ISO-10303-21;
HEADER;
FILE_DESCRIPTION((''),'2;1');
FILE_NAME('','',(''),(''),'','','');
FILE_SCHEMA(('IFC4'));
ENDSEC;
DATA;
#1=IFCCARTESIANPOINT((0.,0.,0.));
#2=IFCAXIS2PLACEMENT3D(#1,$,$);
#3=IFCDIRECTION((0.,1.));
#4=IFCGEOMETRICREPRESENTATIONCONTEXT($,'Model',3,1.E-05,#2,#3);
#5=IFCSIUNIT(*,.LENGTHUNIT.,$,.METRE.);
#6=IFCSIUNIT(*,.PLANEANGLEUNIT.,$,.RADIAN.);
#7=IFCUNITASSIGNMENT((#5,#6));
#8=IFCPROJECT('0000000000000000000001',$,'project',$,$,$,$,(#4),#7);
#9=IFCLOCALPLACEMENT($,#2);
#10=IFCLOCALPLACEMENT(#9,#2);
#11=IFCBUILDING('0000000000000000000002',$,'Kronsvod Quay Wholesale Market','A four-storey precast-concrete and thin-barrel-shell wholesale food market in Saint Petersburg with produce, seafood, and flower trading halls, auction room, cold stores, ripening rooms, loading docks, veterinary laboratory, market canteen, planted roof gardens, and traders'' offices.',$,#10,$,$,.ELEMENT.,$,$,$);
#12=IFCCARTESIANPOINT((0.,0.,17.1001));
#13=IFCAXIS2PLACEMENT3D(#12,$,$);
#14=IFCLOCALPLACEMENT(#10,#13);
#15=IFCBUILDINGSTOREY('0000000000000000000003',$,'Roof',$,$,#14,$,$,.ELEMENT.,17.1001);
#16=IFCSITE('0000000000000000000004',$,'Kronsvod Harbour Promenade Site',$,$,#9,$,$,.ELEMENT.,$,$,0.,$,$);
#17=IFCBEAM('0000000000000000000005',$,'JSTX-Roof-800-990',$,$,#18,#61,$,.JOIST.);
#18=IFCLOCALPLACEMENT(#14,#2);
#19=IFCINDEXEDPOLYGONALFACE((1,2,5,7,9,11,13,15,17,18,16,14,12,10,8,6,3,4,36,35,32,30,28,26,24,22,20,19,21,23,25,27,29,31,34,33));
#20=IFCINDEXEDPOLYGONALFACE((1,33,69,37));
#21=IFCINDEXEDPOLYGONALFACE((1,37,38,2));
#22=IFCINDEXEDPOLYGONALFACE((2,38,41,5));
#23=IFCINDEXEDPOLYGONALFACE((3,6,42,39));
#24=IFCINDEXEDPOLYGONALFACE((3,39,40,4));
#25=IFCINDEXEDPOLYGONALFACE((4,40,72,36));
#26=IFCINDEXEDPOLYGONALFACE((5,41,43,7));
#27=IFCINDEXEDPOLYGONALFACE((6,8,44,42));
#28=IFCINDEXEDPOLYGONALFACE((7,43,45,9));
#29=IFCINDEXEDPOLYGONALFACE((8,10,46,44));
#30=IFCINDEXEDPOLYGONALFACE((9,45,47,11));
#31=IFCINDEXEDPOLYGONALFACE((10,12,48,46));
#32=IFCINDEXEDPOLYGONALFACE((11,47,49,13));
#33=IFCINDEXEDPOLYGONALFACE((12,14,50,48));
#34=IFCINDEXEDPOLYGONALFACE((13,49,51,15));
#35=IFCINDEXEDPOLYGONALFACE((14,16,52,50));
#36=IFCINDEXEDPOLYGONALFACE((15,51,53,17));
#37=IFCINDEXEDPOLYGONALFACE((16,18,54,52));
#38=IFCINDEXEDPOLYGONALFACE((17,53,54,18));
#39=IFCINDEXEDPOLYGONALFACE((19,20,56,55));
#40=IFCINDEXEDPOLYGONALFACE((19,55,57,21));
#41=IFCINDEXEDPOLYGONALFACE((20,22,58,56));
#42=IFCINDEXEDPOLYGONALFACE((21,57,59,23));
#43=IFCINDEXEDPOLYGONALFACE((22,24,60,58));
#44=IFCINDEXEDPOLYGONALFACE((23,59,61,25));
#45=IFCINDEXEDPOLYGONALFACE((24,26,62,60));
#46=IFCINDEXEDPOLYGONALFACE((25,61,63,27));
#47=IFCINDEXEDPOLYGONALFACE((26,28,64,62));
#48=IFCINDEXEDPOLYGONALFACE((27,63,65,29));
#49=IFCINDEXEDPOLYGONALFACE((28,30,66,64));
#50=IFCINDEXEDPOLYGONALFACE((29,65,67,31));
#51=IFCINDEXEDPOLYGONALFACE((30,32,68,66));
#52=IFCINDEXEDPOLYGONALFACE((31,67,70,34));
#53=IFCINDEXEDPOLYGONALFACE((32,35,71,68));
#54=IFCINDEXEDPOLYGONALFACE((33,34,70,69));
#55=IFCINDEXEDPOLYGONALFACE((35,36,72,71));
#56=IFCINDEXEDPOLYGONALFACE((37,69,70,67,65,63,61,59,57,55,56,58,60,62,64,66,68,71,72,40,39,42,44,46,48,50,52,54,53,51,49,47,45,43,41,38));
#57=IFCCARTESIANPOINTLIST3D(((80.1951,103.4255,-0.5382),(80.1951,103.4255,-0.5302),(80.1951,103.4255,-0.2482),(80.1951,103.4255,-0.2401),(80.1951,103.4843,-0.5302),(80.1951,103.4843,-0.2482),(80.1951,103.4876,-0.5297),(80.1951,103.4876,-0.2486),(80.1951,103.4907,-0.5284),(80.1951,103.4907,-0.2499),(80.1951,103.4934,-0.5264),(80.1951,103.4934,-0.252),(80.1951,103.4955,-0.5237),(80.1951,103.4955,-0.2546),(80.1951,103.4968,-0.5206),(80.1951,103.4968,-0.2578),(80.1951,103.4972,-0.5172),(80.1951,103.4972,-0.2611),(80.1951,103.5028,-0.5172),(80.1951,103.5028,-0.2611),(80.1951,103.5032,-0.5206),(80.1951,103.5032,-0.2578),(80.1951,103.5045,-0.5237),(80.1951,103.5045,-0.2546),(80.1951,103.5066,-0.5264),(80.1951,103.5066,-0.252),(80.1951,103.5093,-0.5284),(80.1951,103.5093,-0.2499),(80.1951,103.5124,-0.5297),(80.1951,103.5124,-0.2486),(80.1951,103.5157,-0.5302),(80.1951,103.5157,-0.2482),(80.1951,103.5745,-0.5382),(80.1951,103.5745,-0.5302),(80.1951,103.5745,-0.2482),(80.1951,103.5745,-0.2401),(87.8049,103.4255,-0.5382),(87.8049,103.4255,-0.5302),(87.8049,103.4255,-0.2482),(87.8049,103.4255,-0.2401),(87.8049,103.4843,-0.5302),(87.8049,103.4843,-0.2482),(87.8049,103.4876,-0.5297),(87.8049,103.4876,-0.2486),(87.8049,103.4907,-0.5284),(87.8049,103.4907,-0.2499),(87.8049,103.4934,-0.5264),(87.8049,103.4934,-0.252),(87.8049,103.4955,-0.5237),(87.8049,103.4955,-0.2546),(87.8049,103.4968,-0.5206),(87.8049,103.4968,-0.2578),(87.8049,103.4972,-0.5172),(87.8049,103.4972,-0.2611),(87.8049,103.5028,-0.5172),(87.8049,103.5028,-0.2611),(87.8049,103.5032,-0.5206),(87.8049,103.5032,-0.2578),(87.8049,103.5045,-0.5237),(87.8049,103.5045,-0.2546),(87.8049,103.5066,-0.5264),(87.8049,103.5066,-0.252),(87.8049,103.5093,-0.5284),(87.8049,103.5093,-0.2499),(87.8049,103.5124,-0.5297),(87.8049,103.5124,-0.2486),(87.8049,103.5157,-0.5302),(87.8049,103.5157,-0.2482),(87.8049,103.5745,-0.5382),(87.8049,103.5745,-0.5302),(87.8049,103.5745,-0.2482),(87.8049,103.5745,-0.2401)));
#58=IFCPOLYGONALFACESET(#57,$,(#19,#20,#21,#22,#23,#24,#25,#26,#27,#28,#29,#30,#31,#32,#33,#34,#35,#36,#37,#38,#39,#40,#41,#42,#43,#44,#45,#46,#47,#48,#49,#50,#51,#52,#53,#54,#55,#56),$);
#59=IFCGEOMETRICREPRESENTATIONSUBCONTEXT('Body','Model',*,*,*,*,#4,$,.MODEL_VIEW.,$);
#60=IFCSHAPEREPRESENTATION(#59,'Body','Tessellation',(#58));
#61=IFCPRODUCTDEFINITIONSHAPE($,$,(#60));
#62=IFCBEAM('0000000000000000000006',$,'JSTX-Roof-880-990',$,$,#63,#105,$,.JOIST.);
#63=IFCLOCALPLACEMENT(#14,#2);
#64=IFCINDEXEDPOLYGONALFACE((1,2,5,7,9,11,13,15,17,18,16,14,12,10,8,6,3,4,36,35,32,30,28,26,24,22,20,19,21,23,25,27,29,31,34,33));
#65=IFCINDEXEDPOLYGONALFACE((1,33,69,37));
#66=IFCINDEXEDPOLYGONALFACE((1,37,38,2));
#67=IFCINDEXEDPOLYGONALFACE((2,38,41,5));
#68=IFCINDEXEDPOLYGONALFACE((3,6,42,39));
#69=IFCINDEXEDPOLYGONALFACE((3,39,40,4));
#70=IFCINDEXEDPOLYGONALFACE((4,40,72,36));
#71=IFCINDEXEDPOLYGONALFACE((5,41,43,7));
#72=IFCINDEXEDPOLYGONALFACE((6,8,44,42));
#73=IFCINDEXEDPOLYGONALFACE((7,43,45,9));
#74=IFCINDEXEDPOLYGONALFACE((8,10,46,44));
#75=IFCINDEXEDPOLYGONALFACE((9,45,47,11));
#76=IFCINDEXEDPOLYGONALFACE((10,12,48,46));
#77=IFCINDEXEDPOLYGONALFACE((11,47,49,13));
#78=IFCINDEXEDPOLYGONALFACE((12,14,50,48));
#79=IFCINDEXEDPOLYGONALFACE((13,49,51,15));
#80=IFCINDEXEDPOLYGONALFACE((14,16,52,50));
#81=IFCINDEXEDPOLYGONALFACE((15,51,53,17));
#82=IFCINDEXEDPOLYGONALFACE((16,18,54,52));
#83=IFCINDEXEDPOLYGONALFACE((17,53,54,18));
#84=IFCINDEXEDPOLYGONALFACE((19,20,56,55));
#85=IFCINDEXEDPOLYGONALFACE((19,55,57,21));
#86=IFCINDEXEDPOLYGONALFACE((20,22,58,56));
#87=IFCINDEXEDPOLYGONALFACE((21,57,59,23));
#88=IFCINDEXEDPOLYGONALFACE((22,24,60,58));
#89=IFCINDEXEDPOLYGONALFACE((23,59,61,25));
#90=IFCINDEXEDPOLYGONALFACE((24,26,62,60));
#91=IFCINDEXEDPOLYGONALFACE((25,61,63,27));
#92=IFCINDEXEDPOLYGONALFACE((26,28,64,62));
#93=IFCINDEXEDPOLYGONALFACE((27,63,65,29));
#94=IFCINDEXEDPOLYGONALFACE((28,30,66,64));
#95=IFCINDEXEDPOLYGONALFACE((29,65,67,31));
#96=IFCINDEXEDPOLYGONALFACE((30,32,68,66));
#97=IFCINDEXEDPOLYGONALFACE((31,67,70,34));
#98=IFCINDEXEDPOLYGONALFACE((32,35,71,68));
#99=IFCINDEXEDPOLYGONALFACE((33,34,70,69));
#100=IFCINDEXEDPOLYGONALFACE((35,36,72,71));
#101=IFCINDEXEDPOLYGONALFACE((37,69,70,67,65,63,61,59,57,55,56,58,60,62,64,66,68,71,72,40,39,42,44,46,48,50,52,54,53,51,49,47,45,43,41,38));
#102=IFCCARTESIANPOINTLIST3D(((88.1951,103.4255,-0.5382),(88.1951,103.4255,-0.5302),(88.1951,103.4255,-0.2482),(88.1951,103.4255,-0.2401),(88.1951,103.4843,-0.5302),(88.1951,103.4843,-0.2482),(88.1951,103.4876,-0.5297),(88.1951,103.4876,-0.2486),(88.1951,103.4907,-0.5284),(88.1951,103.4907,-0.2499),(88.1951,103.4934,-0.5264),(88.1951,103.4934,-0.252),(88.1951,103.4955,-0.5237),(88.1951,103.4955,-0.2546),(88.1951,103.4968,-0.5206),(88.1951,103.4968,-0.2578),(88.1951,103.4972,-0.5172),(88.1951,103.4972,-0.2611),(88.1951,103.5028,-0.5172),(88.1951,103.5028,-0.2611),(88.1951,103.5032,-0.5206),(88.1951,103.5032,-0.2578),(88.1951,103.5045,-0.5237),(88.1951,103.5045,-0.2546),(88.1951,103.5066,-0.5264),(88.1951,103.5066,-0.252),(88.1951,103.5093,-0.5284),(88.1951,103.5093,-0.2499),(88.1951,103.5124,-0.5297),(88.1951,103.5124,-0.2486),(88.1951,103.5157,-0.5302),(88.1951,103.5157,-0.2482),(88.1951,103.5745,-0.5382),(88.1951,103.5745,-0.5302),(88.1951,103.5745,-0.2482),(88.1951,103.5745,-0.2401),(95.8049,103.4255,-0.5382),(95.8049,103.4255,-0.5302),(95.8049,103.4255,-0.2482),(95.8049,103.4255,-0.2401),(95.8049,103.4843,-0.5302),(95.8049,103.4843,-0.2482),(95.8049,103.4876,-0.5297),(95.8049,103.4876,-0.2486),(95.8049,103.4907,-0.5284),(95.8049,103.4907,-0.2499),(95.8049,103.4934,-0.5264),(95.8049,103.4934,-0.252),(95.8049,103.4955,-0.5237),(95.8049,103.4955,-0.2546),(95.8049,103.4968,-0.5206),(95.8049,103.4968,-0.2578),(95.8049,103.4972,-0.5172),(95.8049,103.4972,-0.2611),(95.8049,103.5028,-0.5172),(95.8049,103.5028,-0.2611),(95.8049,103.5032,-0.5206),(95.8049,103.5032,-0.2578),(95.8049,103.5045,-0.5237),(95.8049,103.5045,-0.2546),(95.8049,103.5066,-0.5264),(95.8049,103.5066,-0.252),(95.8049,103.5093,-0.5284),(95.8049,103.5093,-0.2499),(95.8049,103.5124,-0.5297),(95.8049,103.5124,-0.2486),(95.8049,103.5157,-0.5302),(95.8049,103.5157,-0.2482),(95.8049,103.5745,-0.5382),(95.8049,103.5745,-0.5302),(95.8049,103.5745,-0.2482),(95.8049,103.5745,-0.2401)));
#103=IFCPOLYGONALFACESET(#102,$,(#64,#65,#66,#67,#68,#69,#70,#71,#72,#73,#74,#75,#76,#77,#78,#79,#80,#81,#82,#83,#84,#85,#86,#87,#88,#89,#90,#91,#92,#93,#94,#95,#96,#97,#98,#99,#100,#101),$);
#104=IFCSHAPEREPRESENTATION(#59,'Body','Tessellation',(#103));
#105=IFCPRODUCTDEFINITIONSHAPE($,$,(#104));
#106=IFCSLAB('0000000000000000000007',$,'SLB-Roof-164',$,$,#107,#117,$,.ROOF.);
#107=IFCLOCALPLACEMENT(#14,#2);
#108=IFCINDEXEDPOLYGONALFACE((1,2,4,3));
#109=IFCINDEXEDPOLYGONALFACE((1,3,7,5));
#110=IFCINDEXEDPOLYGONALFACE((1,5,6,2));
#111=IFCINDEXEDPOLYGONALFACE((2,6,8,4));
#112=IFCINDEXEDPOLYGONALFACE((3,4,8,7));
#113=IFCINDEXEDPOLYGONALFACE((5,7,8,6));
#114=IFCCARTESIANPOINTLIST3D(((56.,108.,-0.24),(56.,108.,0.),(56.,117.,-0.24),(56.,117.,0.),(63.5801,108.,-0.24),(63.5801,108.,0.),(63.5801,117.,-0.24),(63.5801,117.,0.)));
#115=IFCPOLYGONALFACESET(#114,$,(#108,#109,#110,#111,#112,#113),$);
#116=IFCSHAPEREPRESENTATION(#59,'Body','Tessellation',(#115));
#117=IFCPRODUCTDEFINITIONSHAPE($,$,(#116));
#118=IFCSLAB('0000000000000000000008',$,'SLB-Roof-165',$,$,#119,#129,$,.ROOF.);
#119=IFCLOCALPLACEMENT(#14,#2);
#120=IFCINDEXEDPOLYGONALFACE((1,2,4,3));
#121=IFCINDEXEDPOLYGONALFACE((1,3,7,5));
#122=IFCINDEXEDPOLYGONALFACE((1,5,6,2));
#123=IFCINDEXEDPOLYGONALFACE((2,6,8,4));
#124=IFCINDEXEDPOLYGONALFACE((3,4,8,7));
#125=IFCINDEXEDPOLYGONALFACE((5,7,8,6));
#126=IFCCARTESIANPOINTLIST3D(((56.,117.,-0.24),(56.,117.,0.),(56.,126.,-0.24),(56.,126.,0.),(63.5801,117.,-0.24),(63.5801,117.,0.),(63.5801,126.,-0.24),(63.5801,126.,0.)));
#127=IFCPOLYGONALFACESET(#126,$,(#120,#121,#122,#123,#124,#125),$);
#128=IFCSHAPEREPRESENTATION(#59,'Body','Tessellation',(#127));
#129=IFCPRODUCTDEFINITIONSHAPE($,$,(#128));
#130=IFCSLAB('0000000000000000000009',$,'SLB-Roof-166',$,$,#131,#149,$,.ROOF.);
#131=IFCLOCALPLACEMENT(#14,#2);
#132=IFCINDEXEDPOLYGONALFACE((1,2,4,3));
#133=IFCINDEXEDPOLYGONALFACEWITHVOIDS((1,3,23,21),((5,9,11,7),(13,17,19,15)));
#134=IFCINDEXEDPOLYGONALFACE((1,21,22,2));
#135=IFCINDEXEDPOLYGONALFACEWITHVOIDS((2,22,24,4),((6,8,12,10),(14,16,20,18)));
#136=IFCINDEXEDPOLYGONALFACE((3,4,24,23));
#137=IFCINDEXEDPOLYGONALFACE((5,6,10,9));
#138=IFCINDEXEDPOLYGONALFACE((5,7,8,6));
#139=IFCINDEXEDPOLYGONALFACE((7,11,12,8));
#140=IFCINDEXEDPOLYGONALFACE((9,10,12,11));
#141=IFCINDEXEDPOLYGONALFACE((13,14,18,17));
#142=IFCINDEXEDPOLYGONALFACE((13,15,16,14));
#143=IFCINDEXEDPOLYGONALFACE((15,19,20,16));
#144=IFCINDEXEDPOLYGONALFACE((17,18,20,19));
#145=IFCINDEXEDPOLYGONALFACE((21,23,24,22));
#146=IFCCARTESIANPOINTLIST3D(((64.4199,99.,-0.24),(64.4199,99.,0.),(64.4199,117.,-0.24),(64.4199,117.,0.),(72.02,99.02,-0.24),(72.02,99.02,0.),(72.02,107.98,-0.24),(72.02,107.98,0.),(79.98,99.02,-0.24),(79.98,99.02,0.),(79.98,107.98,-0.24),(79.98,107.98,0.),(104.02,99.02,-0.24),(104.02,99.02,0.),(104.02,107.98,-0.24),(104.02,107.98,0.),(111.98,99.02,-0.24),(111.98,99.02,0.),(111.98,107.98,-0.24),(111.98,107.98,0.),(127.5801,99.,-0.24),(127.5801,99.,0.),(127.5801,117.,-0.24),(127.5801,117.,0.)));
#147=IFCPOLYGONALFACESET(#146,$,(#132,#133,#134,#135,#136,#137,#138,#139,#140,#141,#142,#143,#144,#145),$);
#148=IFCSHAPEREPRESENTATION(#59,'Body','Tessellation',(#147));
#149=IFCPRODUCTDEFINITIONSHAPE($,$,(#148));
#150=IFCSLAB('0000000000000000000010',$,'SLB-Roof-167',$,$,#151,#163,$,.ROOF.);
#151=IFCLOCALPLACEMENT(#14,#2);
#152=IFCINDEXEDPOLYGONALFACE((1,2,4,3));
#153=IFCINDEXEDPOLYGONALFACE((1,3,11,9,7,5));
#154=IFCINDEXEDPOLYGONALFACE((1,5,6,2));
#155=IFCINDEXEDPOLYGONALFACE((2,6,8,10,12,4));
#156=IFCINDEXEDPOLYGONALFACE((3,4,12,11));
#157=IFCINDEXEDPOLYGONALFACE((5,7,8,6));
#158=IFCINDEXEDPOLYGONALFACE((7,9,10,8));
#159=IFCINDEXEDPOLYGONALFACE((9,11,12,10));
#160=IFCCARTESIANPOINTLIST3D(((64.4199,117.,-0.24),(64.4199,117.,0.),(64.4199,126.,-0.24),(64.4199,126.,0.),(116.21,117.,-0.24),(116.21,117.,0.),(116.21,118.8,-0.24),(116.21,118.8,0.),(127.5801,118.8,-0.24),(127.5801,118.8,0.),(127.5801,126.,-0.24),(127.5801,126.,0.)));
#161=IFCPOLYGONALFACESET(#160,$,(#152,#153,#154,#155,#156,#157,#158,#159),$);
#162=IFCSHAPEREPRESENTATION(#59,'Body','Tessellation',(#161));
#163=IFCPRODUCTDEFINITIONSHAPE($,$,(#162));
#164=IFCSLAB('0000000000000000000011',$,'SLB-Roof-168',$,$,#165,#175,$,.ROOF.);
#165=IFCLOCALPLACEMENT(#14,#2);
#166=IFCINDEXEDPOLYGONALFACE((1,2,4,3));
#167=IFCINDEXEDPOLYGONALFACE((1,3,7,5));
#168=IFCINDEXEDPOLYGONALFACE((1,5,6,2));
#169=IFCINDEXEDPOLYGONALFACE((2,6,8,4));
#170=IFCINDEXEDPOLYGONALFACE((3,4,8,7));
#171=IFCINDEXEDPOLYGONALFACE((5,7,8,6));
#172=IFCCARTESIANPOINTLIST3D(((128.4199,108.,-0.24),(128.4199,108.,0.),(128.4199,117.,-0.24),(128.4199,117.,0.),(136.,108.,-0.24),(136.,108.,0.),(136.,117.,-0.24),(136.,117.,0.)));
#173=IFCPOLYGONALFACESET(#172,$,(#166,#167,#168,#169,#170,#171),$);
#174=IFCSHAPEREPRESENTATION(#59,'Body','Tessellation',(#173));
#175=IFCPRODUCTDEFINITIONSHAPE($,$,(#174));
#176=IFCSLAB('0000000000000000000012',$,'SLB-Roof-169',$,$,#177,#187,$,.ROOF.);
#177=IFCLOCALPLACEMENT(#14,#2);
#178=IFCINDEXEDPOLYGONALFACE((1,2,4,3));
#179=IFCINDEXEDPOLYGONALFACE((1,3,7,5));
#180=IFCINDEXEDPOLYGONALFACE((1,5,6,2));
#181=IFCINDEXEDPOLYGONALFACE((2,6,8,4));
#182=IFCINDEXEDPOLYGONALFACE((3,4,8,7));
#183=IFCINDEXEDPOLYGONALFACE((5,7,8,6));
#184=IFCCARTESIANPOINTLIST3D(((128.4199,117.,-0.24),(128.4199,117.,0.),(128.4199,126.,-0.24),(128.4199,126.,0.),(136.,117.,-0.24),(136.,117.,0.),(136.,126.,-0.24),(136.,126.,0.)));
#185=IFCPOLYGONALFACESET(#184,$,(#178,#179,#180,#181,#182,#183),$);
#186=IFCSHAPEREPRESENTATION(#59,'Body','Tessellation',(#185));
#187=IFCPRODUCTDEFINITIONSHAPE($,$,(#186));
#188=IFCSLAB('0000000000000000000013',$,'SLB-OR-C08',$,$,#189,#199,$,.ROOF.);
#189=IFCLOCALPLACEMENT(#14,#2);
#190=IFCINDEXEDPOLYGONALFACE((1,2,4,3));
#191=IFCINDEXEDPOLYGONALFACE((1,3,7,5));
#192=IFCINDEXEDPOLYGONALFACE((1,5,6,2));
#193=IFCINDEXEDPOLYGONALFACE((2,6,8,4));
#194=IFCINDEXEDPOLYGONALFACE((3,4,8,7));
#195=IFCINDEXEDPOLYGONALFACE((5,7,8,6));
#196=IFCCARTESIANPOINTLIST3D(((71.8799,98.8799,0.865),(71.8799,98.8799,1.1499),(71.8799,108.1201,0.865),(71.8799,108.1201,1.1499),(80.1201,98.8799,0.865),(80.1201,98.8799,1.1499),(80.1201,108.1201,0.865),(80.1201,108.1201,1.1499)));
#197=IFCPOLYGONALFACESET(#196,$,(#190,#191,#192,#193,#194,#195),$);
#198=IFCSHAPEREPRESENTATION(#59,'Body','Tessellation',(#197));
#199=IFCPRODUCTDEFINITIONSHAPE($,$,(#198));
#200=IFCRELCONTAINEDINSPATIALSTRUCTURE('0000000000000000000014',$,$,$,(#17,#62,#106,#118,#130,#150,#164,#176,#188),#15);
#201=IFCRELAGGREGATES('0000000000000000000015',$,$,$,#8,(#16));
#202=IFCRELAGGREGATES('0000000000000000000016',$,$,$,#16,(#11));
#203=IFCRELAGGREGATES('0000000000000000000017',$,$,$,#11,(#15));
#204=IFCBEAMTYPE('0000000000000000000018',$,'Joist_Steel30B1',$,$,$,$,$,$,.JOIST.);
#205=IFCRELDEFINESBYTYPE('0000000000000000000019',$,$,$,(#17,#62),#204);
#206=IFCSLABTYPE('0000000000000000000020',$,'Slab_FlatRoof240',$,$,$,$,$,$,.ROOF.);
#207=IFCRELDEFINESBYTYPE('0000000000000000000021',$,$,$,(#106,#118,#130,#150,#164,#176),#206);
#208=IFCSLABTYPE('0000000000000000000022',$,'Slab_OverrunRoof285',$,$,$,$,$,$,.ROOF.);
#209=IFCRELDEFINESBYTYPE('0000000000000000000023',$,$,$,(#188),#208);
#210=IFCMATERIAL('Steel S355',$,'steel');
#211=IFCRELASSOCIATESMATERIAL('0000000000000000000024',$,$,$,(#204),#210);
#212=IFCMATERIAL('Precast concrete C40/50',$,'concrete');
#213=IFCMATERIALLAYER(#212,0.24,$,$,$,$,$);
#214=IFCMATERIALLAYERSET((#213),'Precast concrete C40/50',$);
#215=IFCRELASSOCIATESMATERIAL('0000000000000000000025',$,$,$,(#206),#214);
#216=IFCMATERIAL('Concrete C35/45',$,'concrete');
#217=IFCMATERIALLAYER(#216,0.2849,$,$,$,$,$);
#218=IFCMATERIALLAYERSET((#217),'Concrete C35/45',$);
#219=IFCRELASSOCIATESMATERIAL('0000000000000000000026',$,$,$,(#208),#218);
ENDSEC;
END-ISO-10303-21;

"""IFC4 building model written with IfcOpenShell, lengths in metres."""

from ifc_helpers import new_model, si_unit, direction, frame, origin, origin_2d, place, context, subcontext, project, spatial, polyline, i_section, outline, extrude, material, layer, layer_set, material_profile, profile_set, type_object, element, save


model = new_model("IFC4")

# Units and contexts
model_context = context("Model", 3, precision=1e-05, world=origin(), true_north=direction((0.0, 1.0)))
body_context = subcontext(model_context, "Body", "Model", "MODEL_VIEW")
ifc_project = project(units=[si_unit("LENGTHUNIT", "METRE"), si_unit("PLANEANGLEUNIT", "RADIAN")], contexts=[model_context])

# Site, building, storey
site_placement = place(None, origin())
site = spatial("IfcSite", under=ifc_project, at=site_placement, Name="Kronsvod Harbour Promenade Site", CompositionType="ELEMENT", RefElevation=0.0)
building_placement = place(site_placement, origin())
building = spatial("IfcBuilding", under=site, at=building_placement, Name="Kronsvod Quay Wholesale Market", Description="A four-storey precast-concrete and thin-barrel-shell wholesale food market in Saint Petersburg with produce, seafood, and flower trading halls, auction room, cold stores, ripening rooms, loading docks, veterinary laboratory, market canteen, planted roof gardens, and traders' offices.", CompositionType="ELEMENT")
storey_placement = place(building_placement, frame((0.0, 0.0, 17.1001)))
storey = spatial("IfcBuildingStorey", under=building, at=storey_placement, Name="Roof", CompositionType="ELEMENT", Elevation=17.1001)

# Beams
ifc_material_1 = material(Name="Steel S355", Category="steel")
ifc_material_profile_1 = material_profile(ifc_material_1, i_section(OverallWidth=0.1489, OverallDepth=0.2981, WebThickness=0.0056, FlangeThickness=0.0081, FilletRadius=0.0129, at=origin_2d()), Name="30B1")
ifc_profile_set_1 = profile_set([ifc_material_profile_1], Name="Steel S355")
beam_type_1 = type_object("IfcBeamType", Name="Joist_Steel30B1", PredefinedType="JOIST", material=ifc_profile_set_1)
for number, where, z_axis, x_axis, name in (
    (1, (80.1951, 103.5, -0.3892), (1.0, 0.0, 0.0), (0.0, 1.0, 0.0), "JSTX-Roof-800-990"),
    (2, (88.1951, 103.5, -0.3892), (1.0, 0.0, 0.0), (0.0, 1.0, 0.0), "JSTX-Roof-880-990"),
):
    element("IfcBeam", number, at=place(storey_placement, frame(where, z_axis=z_axis, x_axis=x_axis)), inside=storey, type_object=beam_type_1, Name=name, PredefinedType="JOIST", context=body_context, shape_type="SweptSolid", body=[
        extrude(i_section(OverallWidth=0.1489, OverallDepth=0.2981, WebThickness=0.0056, FlangeThickness=0.0081, FilletRadius=0.0129, at=origin_2d()), origin(), (0.0, 0.0, 1.0), 7.6099),
    ])

# Slabs
ifc_material_2 = material(Name="Precast concrete C40/50", Category="concrete")
ifc_layer_1 = layer(ifc_material_2, 0.24)
ifc_layer_set_1 = layer_set([ifc_layer_1], Name="Precast concrete C40/50")
slab_type_1 = type_object("IfcSlabType", Name="Slab_FlatRoof240", PredefinedType="ROOF", material=ifc_layer_set_1)
slab_1_placement = place(storey_placement, frame((0.0, 0.0, -0.24)))
element("IfcSlab", 3, at=slab_1_placement, inside=storey, type_object=slab_type_1, Name="SLB-Roof-164", PredefinedType="ROOF", context=body_context, shape_type="SweptSolid", body=[
    extrude(outline(polyline([(56.0, 108.0), (63.5801, 108.0), (63.5801, 117.0), (56.0, 117.0), (56.0, 108.0)])), origin(), (0.0, 0.0, 1.0), 0.24),
])
slab_2_placement = place(storey_placement, frame((0.0, 0.0, -0.24)))
element("IfcSlab", 4, at=slab_2_placement, inside=storey, type_object=slab_type_1, Name="SLB-Roof-165", PredefinedType="ROOF", context=body_context, shape_type="SweptSolid", body=[
    extrude(outline(polyline([(56.0, 117.0), (63.5801, 117.0), (63.5801, 126.0), (56.0, 126.0), (56.0, 117.0)])), origin(), (0.0, 0.0, 1.0), 0.24),
])
slab_3_placement = place(storey_placement, frame((0.0, 0.0, -0.24)))
element("IfcSlab", 5, at=slab_3_placement, inside=storey, type_object=slab_type_1, Name="SLB-Roof-166", PredefinedType="ROOF", context=body_context, shape_type="SweptSolid", body=[
    extrude(outline(polyline([(64.4199, 99.0), (127.5801, 99.0), (127.5801, 117.0), (64.4199, 117.0), (64.4199, 99.0)]), holes=[polyline([(72.02, 99.02), (79.98, 99.02), (79.98, 107.98), (72.02, 107.98), (72.02, 99.02)]), polyline([(104.02, 99.02), (111.98, 99.02), (111.98, 107.98), (104.02, 107.98), (104.02, 99.02)])]), origin(), (0.0, 0.0, 1.0), 0.24),
])
slab_4_placement = place(storey_placement, frame((0.0, 0.0, -0.24)))
element("IfcSlab", 6, at=slab_4_placement, inside=storey, type_object=slab_type_1, Name="SLB-Roof-167", PredefinedType="ROOF", context=body_context, shape_type="SweptSolid", body=[
    extrude(outline(polyline([(64.4199, 117.0), (116.21, 117.0), (116.21, 118.8), (127.5801, 118.8), (127.5801, 126.0), (64.4199, 126.0), (64.4199, 117.0)])), origin(), (0.0, 0.0, 1.0), 0.24),
])
slab_5_placement = place(storey_placement, frame((0.0, 0.0, -0.24)))
element("IfcSlab", 7, at=slab_5_placement, inside=storey, type_object=slab_type_1, Name="SLB-Roof-168", PredefinedType="ROOF", context=body_context, shape_type="SweptSolid", body=[
    extrude(outline(polyline([(128.4199, 108.0), (136.0, 108.0), (136.0, 117.0), (128.4199, 117.0), (128.4199, 108.0)])), origin(), (0.0, 0.0, 1.0), 0.24),
])
slab_6_placement = place(storey_placement, frame((0.0, 0.0, -0.24)))
element("IfcSlab", 8, at=slab_6_placement, inside=storey, type_object=slab_type_1, Name="SLB-Roof-169", PredefinedType="ROOF", context=body_context, shape_type="SweptSolid", body=[
    extrude(outline(polyline([(128.4199, 117.0), (136.0, 117.0), (136.0, 126.0), (128.4199, 126.0), (128.4199, 117.0)])), origin(), (0.0, 0.0, 1.0), 0.24),
])
ifc_material_3 = material(Name="Concrete C35/45", Category="concrete")
ifc_layer_2 = layer(ifc_material_3, 0.2849)
ifc_layer_set_2 = layer_set([ifc_layer_2], Name="Concrete C35/45")
slab_type_2 = type_object("IfcSlabType", Name="Slab_OverrunRoof285", PredefinedType="ROOF", material=ifc_layer_set_2)
slab_7_placement = place(storey_placement, frame((0.0, 0.0, 0.865)))
element("IfcSlab", 9, at=slab_7_placement, inside=storey, type_object=slab_type_2, Name="SLB-OR-C08", PredefinedType="ROOF", context=body_context, shape_type="SweptSolid", body=[
    extrude(outline(polyline([(71.8799, 98.8799), (80.1201, 98.8799), (80.1201, 108.1201), (71.8799, 108.1201), (71.8799, 98.8799)])), origin(), (0.0, 0.0, 1.0), 0.2849),
])

save(model, "model.ifc")
